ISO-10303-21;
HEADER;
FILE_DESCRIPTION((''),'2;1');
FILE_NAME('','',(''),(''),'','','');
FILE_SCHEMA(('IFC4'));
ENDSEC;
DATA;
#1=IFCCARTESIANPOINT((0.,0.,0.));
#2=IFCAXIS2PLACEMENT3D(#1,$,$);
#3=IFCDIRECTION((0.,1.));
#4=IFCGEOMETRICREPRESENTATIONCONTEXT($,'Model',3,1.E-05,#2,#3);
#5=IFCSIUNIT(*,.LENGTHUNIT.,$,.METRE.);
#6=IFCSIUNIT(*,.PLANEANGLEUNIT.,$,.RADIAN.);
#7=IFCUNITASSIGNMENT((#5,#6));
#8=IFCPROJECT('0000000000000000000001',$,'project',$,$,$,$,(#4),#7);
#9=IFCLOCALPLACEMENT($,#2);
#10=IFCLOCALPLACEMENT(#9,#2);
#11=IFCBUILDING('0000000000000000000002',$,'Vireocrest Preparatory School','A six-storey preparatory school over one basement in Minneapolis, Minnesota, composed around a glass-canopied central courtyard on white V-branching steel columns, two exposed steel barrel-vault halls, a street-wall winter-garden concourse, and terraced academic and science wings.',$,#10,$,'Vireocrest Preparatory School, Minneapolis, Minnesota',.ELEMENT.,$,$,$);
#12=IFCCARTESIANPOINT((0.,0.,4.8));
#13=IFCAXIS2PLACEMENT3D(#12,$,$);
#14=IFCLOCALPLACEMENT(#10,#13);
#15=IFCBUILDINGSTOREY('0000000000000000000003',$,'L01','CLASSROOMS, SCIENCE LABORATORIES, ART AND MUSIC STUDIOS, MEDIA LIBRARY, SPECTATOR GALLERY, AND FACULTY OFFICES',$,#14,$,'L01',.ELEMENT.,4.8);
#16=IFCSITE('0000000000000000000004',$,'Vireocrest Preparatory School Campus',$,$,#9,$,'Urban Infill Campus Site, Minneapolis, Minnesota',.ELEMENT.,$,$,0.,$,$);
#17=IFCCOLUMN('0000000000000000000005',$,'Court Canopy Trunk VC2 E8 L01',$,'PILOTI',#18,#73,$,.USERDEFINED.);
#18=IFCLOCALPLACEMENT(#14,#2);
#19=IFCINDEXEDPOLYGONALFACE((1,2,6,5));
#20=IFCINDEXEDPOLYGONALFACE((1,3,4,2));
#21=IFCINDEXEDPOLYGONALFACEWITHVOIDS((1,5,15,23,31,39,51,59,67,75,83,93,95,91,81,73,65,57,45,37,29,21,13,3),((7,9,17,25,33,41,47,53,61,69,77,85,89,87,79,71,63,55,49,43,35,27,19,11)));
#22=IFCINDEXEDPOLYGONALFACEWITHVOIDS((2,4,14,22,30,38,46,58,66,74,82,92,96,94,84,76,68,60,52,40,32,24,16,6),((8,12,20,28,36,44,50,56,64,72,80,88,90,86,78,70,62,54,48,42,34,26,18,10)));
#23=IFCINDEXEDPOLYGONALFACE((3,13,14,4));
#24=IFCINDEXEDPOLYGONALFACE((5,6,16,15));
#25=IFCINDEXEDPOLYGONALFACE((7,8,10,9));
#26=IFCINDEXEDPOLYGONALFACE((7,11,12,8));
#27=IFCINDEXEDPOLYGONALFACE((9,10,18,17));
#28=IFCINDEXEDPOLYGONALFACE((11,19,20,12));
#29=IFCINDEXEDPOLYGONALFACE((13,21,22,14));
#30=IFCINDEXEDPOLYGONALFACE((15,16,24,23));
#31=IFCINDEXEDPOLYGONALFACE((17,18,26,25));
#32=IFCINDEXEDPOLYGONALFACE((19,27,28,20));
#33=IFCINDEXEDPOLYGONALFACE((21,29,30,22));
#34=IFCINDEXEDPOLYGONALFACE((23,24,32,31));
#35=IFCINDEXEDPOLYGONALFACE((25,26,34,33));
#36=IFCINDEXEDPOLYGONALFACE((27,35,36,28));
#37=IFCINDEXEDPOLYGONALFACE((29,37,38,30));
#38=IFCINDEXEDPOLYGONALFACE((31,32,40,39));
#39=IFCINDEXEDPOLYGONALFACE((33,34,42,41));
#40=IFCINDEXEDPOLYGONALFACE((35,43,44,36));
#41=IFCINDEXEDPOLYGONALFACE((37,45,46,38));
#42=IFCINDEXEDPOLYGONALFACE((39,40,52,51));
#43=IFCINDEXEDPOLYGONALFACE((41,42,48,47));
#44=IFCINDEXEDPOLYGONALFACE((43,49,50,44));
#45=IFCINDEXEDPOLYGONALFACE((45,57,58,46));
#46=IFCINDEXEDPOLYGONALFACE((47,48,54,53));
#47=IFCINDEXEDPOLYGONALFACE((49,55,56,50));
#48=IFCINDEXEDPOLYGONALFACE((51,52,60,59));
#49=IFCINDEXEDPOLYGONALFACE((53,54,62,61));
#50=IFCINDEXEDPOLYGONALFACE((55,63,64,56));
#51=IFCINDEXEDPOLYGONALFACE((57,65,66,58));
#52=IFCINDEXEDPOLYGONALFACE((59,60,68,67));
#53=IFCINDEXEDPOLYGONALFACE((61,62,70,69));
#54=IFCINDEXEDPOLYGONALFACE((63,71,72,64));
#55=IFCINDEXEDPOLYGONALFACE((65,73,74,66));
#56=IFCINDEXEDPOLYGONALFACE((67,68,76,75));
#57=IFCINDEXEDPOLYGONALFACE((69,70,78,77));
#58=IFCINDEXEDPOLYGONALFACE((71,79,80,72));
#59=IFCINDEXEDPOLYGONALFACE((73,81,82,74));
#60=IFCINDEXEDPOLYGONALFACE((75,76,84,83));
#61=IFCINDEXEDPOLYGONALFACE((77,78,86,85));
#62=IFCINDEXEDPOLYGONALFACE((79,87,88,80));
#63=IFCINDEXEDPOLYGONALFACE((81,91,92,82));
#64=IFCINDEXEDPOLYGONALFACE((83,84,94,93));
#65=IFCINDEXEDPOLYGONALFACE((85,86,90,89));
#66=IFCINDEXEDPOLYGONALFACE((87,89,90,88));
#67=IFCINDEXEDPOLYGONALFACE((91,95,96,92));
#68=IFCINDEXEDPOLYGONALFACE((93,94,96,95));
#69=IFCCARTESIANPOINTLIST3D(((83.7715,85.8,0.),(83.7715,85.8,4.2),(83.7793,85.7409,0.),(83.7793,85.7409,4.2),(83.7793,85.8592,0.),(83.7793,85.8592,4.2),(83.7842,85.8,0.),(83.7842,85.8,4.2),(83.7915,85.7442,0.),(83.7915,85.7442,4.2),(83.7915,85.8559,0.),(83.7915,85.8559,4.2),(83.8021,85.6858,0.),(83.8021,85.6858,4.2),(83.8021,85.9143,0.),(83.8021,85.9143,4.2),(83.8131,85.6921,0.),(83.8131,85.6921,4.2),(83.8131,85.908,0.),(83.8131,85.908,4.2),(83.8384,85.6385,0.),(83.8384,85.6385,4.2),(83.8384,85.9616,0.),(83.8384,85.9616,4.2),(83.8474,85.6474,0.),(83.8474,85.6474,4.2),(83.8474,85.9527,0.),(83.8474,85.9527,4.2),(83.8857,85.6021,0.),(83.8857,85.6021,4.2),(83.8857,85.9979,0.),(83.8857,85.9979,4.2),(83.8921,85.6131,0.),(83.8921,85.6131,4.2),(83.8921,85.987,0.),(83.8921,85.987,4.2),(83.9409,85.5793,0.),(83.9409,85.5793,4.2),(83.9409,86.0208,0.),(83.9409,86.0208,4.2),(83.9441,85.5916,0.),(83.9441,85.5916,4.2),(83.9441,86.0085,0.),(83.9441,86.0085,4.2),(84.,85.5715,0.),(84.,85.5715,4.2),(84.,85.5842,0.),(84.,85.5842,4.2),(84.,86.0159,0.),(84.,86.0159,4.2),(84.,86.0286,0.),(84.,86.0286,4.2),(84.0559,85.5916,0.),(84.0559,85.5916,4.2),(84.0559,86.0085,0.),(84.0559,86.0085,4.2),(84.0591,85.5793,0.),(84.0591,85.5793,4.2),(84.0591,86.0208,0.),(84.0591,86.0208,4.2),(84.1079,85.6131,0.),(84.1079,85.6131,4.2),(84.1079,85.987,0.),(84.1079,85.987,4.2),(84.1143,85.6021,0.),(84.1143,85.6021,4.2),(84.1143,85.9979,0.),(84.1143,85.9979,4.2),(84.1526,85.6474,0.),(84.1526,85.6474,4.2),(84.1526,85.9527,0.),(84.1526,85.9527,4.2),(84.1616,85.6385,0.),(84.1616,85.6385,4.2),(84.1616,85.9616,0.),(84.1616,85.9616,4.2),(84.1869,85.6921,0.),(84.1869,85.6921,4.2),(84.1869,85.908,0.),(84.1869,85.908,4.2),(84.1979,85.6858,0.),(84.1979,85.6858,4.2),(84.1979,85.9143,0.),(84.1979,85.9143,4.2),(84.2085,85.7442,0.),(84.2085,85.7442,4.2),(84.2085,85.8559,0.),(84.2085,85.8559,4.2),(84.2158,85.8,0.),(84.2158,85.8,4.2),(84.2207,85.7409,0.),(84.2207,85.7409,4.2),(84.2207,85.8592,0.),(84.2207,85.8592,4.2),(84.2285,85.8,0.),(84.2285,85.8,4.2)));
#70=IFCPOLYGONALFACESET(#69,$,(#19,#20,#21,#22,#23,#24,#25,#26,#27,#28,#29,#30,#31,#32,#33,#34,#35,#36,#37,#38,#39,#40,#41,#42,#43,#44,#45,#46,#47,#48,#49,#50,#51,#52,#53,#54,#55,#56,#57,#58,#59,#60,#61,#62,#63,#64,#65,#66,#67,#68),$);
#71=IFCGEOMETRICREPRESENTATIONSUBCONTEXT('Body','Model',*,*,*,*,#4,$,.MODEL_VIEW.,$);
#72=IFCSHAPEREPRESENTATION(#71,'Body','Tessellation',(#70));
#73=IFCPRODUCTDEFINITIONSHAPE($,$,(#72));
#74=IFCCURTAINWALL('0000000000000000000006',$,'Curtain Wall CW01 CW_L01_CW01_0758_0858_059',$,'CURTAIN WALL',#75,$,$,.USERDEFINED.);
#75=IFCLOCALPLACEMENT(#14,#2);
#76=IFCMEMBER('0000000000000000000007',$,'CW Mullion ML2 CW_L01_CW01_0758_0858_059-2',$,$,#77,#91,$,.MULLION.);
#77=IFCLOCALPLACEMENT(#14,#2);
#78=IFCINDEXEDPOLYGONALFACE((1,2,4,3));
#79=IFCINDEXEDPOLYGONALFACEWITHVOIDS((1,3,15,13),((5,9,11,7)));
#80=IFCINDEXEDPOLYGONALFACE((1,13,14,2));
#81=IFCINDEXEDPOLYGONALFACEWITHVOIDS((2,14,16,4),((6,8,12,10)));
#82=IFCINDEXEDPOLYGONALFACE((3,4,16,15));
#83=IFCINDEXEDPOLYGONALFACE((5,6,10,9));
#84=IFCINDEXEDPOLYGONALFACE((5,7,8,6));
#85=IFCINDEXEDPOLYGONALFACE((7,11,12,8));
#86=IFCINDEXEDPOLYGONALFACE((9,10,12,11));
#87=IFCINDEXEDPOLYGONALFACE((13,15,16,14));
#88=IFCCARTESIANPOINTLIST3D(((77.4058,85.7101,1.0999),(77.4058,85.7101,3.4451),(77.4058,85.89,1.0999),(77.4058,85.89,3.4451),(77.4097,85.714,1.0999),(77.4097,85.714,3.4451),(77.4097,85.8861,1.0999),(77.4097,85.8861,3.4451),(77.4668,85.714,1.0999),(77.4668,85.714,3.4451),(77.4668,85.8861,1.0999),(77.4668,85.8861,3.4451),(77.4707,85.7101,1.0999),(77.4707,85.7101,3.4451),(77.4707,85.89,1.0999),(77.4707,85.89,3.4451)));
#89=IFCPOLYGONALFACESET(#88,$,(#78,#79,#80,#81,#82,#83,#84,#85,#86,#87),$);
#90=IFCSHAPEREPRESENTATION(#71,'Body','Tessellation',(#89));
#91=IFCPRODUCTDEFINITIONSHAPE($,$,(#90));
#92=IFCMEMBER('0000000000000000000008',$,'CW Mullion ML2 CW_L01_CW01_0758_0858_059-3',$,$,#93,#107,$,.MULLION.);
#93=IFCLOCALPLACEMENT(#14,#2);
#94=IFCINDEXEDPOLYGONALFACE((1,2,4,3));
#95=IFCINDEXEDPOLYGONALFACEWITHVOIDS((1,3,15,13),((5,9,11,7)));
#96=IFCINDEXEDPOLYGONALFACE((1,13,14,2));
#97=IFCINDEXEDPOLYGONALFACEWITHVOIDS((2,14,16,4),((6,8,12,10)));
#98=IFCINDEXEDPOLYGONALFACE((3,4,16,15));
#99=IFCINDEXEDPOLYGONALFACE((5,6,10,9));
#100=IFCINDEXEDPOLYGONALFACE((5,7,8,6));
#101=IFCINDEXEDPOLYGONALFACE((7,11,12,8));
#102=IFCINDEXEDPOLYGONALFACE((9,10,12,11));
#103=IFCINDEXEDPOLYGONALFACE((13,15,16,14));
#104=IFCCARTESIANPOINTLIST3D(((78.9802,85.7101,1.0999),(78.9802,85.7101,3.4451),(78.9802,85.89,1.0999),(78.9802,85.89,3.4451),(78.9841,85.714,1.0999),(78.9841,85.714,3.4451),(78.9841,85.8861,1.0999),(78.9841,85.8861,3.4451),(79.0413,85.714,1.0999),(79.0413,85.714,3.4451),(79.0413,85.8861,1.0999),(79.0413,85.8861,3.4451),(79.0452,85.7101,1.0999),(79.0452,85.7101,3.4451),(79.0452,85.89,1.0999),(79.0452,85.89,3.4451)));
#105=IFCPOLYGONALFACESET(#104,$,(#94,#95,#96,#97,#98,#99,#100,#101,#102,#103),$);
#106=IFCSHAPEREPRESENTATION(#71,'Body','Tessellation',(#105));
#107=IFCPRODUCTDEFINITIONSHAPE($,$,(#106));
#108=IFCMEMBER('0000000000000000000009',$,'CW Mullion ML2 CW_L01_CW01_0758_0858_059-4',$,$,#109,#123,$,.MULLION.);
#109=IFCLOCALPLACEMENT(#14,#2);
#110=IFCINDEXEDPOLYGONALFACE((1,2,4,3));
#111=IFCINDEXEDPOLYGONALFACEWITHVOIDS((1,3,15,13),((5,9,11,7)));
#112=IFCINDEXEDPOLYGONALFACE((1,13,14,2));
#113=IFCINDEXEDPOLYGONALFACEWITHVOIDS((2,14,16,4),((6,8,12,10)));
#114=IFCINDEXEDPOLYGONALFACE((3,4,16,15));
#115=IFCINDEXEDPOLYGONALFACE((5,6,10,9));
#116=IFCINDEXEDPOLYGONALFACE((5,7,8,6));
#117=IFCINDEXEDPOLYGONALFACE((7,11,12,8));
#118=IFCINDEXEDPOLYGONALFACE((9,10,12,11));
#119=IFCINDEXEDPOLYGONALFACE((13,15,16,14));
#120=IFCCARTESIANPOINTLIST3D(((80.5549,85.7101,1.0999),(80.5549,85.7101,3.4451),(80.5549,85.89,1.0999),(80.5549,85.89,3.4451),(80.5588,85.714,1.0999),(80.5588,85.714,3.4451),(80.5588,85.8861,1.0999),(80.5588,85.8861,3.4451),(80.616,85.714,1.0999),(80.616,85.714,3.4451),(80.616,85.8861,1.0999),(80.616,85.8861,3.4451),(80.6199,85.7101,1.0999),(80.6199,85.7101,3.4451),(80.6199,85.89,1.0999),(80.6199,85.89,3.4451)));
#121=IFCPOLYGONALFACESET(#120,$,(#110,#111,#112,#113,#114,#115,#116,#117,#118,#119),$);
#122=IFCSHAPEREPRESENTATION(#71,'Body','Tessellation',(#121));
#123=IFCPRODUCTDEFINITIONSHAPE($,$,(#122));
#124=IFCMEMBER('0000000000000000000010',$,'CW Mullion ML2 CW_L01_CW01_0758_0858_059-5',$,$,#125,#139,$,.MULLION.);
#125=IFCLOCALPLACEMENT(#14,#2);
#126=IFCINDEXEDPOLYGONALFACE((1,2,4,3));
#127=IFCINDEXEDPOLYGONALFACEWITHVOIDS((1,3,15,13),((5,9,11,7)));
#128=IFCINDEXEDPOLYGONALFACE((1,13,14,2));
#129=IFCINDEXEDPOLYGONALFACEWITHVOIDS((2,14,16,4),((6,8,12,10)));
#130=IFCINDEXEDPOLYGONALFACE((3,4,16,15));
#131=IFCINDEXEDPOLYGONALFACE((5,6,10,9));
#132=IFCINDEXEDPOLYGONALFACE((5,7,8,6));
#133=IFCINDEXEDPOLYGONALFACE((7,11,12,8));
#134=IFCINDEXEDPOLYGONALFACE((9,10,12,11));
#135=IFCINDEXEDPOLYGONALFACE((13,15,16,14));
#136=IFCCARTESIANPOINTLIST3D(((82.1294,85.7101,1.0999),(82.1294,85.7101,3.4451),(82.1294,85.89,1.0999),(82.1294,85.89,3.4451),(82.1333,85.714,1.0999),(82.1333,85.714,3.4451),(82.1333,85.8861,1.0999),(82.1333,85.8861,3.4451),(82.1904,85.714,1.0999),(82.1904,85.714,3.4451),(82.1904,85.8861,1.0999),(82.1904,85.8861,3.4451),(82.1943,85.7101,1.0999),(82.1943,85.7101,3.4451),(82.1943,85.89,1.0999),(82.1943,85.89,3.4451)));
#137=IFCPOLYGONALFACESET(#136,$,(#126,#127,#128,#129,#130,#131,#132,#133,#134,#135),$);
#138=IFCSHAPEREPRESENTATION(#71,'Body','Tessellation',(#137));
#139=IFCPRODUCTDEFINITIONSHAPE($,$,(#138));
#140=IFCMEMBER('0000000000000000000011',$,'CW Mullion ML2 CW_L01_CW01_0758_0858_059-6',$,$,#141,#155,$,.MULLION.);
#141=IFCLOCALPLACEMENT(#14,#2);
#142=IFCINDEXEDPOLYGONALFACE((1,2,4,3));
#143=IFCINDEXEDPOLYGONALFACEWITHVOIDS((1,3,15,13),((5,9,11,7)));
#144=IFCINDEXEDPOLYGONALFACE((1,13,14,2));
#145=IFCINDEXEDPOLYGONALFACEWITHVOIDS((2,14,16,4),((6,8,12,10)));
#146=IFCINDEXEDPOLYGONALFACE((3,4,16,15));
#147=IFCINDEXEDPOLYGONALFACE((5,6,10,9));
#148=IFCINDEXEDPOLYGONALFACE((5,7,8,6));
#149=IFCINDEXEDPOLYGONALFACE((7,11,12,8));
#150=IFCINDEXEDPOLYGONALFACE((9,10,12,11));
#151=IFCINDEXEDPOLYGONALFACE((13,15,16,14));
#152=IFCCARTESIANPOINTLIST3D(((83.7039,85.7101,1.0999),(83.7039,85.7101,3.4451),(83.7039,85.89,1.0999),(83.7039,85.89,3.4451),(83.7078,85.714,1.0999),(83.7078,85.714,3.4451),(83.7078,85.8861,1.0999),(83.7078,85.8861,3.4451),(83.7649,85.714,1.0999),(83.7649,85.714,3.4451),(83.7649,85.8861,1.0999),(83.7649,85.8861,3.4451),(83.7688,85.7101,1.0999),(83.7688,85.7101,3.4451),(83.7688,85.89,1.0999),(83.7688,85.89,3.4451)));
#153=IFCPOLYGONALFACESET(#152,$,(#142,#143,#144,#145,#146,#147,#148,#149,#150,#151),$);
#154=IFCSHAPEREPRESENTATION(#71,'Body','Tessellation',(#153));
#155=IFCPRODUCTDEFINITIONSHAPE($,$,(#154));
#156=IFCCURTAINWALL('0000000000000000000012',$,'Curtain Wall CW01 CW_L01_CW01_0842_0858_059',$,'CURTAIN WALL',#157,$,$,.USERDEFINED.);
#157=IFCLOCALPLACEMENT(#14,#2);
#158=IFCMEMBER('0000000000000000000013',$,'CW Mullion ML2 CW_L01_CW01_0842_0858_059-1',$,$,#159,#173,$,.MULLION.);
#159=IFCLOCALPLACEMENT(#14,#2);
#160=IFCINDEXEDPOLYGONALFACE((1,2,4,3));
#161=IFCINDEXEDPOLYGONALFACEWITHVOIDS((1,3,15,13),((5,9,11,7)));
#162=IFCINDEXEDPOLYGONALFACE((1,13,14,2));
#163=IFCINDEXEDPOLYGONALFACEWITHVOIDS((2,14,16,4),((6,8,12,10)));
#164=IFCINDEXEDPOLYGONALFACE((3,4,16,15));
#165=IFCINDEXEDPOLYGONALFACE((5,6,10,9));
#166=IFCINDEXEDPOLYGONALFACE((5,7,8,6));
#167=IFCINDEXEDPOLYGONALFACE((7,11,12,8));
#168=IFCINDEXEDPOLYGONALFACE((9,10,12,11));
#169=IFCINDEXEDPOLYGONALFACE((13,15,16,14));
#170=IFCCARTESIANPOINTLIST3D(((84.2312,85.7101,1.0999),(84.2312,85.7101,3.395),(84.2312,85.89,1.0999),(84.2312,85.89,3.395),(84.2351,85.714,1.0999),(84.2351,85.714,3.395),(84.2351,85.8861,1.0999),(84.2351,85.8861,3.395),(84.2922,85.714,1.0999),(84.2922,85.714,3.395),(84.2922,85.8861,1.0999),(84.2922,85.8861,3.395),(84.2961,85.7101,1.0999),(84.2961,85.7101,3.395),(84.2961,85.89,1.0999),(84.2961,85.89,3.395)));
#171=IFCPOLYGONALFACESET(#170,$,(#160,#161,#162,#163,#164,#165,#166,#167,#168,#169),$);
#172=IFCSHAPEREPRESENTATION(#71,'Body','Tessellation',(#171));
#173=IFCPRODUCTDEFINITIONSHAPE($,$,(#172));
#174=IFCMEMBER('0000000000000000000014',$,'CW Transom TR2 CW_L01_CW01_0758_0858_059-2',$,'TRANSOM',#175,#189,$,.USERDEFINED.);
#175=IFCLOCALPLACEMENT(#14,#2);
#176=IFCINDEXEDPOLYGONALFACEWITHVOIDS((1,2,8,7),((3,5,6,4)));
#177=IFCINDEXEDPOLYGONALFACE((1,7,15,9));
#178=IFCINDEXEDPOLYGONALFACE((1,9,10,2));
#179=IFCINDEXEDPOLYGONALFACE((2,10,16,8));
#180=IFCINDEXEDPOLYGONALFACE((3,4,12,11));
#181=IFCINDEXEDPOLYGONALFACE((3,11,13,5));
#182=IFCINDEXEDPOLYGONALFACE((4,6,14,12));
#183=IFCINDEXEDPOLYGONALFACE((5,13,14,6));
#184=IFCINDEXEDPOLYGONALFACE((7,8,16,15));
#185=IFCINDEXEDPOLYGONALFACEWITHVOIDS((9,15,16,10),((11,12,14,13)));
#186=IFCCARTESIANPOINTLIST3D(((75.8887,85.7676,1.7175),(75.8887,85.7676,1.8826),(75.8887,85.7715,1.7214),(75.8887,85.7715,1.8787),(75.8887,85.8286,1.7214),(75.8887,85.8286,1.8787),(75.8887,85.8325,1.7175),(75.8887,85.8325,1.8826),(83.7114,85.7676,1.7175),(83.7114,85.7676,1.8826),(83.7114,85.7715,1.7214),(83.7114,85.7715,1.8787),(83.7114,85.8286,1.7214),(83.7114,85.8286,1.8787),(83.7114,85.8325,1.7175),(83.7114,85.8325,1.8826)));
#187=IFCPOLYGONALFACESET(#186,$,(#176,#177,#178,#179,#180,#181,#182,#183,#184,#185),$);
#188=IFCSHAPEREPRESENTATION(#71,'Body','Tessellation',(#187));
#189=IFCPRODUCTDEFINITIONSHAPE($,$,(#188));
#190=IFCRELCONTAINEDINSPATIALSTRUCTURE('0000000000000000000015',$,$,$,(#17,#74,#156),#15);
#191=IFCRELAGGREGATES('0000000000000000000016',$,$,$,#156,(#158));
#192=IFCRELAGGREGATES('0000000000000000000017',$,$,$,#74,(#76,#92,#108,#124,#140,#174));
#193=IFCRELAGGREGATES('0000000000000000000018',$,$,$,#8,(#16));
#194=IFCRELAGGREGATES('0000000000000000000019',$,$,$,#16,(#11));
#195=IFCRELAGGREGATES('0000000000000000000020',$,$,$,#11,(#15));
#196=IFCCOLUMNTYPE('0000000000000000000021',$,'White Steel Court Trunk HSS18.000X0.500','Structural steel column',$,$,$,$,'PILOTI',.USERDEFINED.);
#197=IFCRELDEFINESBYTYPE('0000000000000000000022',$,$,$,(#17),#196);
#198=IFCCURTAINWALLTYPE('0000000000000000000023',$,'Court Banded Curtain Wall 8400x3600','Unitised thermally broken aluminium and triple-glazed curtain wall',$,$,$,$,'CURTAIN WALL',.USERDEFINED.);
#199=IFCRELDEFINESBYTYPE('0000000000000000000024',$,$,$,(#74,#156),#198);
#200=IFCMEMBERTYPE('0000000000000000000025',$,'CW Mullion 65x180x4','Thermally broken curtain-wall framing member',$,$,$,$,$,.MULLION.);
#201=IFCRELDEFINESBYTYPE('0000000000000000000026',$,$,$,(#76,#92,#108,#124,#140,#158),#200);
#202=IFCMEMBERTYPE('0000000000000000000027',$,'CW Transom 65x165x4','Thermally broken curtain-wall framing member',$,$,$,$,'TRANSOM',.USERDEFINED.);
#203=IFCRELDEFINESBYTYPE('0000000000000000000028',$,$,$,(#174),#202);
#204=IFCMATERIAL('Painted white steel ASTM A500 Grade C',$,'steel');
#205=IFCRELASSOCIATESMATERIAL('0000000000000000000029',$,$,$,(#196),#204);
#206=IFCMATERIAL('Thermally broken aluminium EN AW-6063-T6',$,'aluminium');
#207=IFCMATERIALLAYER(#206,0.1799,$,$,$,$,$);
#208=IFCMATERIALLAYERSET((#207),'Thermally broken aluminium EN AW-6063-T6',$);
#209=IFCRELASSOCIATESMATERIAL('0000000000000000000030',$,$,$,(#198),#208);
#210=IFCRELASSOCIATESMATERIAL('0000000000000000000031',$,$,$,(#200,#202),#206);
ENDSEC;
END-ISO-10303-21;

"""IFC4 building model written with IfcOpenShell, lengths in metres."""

from ifc_helpers import new_model, si_unit, direction, frame, origin, origin_2d, place, context, subcontext, project, spatial, hollow_rectangle, hollow_circle, extrude, material, layer, layer_set, material_profile, profile_set, type_object, element, aggregate, save


model = new_model("IFC4")

# Units and contexts
model_context = context("Model", 3, precision=1e-05, world=origin(), true_north=direction((0.0, 1.0)))
body_context = subcontext(model_context, "Body", "Model", "MODEL_VIEW")
ifc_project = project(units=[si_unit("LENGTHUNIT", "METRE"), si_unit("PLANEANGLEUNIT", "RADIAN")], contexts=[model_context])

# Site, building, storey
site_placement = place(None, origin())
site = spatial("IfcSite", under=ifc_project, at=site_placement, Name="Vireocrest Preparatory School Campus", LongName="Urban Infill Campus Site, Minneapolis, Minnesota", CompositionType="ELEMENT", RefElevation=0.0)
building_placement = place(site_placement, origin())
building = spatial("IfcBuilding", under=site, at=building_placement, Name="Vireocrest Preparatory School", Description="A six-storey preparatory school over one basement in Minneapolis, Minnesota, composed around a glass-canopied central courtyard on white V-branching steel columns, two exposed steel barrel-vault halls, a street-wall winter-garden concourse, and terraced academic and science wings.", LongName="Vireocrest Preparatory School, Minneapolis, Minnesota", CompositionType="ELEMENT")
storey_placement = place(building_placement, frame((0.0, 0.0, 4.8)))
storey = spatial("IfcBuildingStorey", under=building, at=storey_placement, Name="L01", Description="CLASSROOMS, SCIENCE LABORATORIES, ART AND MUSIC STUDIOS, MEDIA LIBRARY, SPECTATOR GALLERY, AND FACULTY OFFICES", LongName="L01", CompositionType="ELEMENT", Elevation=4.8)

# Column
ifc_material_1 = material(Name="Painted white steel ASTM A500 Grade C", Category="steel")
ifc_material_profile_1 = material_profile(ifc_material_1, hollow_circle(Radius=0.2285, WallThickness=0.0127, at=origin_2d()), Name="HSS18.000X0.500")
ifc_profile_set_1 = profile_set([ifc_material_profile_1], Name="Painted white steel ASTM A500 Grade C")
column_type = type_object("IfcColumnType", Name="White Steel Court Trunk HSS18.000X0.500", Description="Structural steel column", ElementType="PILOTI", PredefinedType="USERDEFINED", material=ifc_profile_set_1)
column_placement = place(storey_placement, frame((84.0, 85.8, 0.0), z_axis=(0.0, 0.0, 1.0), x_axis=(1.0, 0.0, 0.0)))
element("IfcColumn", 1, at=column_placement, inside=storey, type_object=column_type, Name="Court Canopy Trunk VC2 E8 L01", ObjectType="PILOTI", PredefinedType="USERDEFINED", context=body_context, shape_type="SweptSolid", body=[
    extrude(hollow_circle(Radius=0.2285, WallThickness=0.0127, at=origin_2d()), origin(), (0.0, 0.0, 1.0), 4.2),
])

# Curtain wall, members
ifc_material_2 = material(Name="Thermally broken aluminium EN AW-6063-T6", Category="aluminium")
ifc_layer_1 = layer(ifc_material_2, 0.1799)
ifc_layer_set_1 = layer_set([ifc_layer_1], Name="Thermally broken aluminium EN AW-6063-T6")
curtain_wall_type = type_object("IfcCurtainWallType", Name="Court Banded Curtain Wall 8400x3600", Description="Unitised thermally broken aluminium and triple-glazed curtain wall", ElementType="CURTAIN WALL", PredefinedType="USERDEFINED", material=ifc_layer_set_1)
curtain_wall_1_placement = place(storey_placement, origin())
curtain_wall_1 = element("IfcCurtainWall", 2, at=curtain_wall_1_placement, inside=storey, type_object=curtain_wall_type, Name="Curtain Wall CW01 CW_L01_CW01_0758_0858_059", ObjectType="CURTAIN WALL", PredefinedType="USERDEFINED")
ifc_material_profile_2 = material_profile(ifc_material_2, hollow_rectangle(XDim=0.0649, YDim=0.1799, WallThickness=0.0039, at=origin_2d()), Name="ALU 65x180x4")
ifc_profile_set_2 = profile_set([ifc_material_profile_2], Name="Thermally broken aluminium EN AW-6063-T6")
member_type_1 = type_object("IfcMemberType", Name="CW Mullion 65x180x4", Description="Thermally broken curtain-wall framing member", PredefinedType="MULLION", material=ifc_profile_set_2)
member_1_placement = place(storey_placement, frame((77.4382, 85.8, 1.0999), z_axis=(0.0, 0.0, 1.0), x_axis=(1.0, 0.0, 0.0)))
member_1 = element("IfcMember", 3, at=member_1_placement, type_object=member_type_1, Name="CW Mullion ML2 CW_L01_CW01_0758_0858_059-2", PredefinedType="MULLION", context=body_context, shape_type="SweptSolid", body=[
    extrude(hollow_rectangle(XDim=0.0649, YDim=0.1799, WallThickness=0.0039, at=origin_2d()), origin(), (0.0, 0.0, 1.0), 2.3452),
])
member_2_placement = place(storey_placement, frame((79.0127, 85.8, 1.0999), z_axis=(0.0, 0.0, 1.0), x_axis=(1.0, 0.0, 0.0)))
member_2 = element("IfcMember", 4, at=member_2_placement, type_object=member_type_1, Name="CW Mullion ML2 CW_L01_CW01_0758_0858_059-3", PredefinedType="MULLION", context=body_context, shape_type="SweptSolid", body=[
    extrude(hollow_rectangle(XDim=0.0649, YDim=0.1799, WallThickness=0.0039, at=origin_2d()), origin(), (0.0, 0.0, 1.0), 2.3452),
])
member_3_placement = place(storey_placement, frame((80.5874, 85.8, 1.0999), z_axis=(0.0, 0.0, 1.0), x_axis=(1.0, 0.0, 0.0)))
member_3 = element("IfcMember", 5, at=member_3_placement, type_object=member_type_1, Name="CW Mullion ML2 CW_L01_CW01_0758_0858_059-4", PredefinedType="MULLION", context=body_context, shape_type="SweptSolid", body=[
    extrude(hollow_rectangle(XDim=0.0649, YDim=0.1799, WallThickness=0.0039, at=origin_2d()), origin(), (0.0, 0.0, 1.0), 2.3452),
])
member_4_placement = place(storey_placement, frame((82.1619, 85.8, 1.0999), z_axis=(0.0, 0.0, 1.0), x_axis=(1.0, 0.0, 0.0)))
member_4 = element("IfcMember", 6, at=member_4_placement, type_object=member_type_1, Name="CW Mullion ML2 CW_L01_CW01_0758_0858_059-5", PredefinedType="MULLION", context=body_context, shape_type="SweptSolid", body=[
    extrude(hollow_rectangle(XDim=0.0649, YDim=0.1799, WallThickness=0.0039, at=origin_2d()), origin(), (0.0, 0.0, 1.0), 2.3452),
])
member_5_placement = place(storey_placement, frame((83.7363, 85.8, 1.0999), z_axis=(0.0, 0.0, 1.0), x_axis=(1.0, 0.0, 0.0)))
member_5 = element("IfcMember", 7, at=member_5_placement, type_object=member_type_1, Name="CW Mullion ML2 CW_L01_CW01_0758_0858_059-6", PredefinedType="MULLION", context=body_context, shape_type="SweptSolid", body=[
    extrude(hollow_rectangle(XDim=0.0649, YDim=0.1799, WallThickness=0.0039, at=origin_2d()), origin(), (0.0, 0.0, 1.0), 2.3452),
])

# Curtain wall, member
curtain_wall_2_placement = place(storey_placement, origin())
curtain_wall_2 = element("IfcCurtainWall", 8, at=curtain_wall_2_placement, inside=storey, type_object=curtain_wall_type, Name="Curtain Wall CW01 CW_L01_CW01_0842_0858_059", ObjectType="CURTAIN WALL", PredefinedType="USERDEFINED")
member_6_placement = place(storey_placement, frame((84.2637, 85.8, 1.0999), z_axis=(0.0, 0.0, 1.0), x_axis=(1.0, 0.0, 0.0)))
member_6 = element("IfcMember", 9, at=member_6_placement, type_object=member_type_1, Name="CW Mullion ML2 CW_L01_CW01_0842_0858_059-1", PredefinedType="MULLION", context=body_context, shape_type="SweptSolid", body=[
    extrude(hollow_rectangle(XDim=0.0649, YDim=0.1799, WallThickness=0.0039, at=origin_2d()), origin(), (0.0, 0.0, 1.0), 2.2952),
])

# Member
ifc_material_profile_3 = material_profile(ifc_material_2, hollow_rectangle(XDim=0.0649, YDim=0.165, WallThickness=0.0039, at=origin_2d()), Name="ALU 65x165x4")
ifc_profile_set_3 = profile_set([ifc_material_profile_3], Name="Thermally broken aluminium EN AW-6063-T6")
member_type_2 = type_object("IfcMemberType", Name="CW Transom 65x165x4", Description="Thermally broken curtain-wall framing member", ElementType="TRANSOM", PredefinedType="USERDEFINED", material=ifc_profile_set_3)
member_7_placement = place(storey_placement, frame((75.8887, 85.8, 1.8), z_axis=(1.0, 0.0, 0.0), x_axis=(0.0, 1.0, 0.0)))
member_7 = element("IfcMember", 10, at=member_7_placement, type_object=member_type_2, Name="CW Transom TR2 CW_L01_CW01_0758_0858_059-2", ObjectType="TRANSOM", PredefinedType="USERDEFINED", context=body_context, shape_type="SweptSolid", body=[
    extrude(hollow_rectangle(XDim=0.0649, YDim=0.165, WallThickness=0.0039, at=origin_2d()), origin(), (0.0, 0.0, 1.0), 7.8228),
])
aggregate(curtain_wall_2, [member_6])

aggregate(curtain_wall_1, [member_1, member_2, member_3, member_4, member_5, member_7])

save(model, "model.ifc")
